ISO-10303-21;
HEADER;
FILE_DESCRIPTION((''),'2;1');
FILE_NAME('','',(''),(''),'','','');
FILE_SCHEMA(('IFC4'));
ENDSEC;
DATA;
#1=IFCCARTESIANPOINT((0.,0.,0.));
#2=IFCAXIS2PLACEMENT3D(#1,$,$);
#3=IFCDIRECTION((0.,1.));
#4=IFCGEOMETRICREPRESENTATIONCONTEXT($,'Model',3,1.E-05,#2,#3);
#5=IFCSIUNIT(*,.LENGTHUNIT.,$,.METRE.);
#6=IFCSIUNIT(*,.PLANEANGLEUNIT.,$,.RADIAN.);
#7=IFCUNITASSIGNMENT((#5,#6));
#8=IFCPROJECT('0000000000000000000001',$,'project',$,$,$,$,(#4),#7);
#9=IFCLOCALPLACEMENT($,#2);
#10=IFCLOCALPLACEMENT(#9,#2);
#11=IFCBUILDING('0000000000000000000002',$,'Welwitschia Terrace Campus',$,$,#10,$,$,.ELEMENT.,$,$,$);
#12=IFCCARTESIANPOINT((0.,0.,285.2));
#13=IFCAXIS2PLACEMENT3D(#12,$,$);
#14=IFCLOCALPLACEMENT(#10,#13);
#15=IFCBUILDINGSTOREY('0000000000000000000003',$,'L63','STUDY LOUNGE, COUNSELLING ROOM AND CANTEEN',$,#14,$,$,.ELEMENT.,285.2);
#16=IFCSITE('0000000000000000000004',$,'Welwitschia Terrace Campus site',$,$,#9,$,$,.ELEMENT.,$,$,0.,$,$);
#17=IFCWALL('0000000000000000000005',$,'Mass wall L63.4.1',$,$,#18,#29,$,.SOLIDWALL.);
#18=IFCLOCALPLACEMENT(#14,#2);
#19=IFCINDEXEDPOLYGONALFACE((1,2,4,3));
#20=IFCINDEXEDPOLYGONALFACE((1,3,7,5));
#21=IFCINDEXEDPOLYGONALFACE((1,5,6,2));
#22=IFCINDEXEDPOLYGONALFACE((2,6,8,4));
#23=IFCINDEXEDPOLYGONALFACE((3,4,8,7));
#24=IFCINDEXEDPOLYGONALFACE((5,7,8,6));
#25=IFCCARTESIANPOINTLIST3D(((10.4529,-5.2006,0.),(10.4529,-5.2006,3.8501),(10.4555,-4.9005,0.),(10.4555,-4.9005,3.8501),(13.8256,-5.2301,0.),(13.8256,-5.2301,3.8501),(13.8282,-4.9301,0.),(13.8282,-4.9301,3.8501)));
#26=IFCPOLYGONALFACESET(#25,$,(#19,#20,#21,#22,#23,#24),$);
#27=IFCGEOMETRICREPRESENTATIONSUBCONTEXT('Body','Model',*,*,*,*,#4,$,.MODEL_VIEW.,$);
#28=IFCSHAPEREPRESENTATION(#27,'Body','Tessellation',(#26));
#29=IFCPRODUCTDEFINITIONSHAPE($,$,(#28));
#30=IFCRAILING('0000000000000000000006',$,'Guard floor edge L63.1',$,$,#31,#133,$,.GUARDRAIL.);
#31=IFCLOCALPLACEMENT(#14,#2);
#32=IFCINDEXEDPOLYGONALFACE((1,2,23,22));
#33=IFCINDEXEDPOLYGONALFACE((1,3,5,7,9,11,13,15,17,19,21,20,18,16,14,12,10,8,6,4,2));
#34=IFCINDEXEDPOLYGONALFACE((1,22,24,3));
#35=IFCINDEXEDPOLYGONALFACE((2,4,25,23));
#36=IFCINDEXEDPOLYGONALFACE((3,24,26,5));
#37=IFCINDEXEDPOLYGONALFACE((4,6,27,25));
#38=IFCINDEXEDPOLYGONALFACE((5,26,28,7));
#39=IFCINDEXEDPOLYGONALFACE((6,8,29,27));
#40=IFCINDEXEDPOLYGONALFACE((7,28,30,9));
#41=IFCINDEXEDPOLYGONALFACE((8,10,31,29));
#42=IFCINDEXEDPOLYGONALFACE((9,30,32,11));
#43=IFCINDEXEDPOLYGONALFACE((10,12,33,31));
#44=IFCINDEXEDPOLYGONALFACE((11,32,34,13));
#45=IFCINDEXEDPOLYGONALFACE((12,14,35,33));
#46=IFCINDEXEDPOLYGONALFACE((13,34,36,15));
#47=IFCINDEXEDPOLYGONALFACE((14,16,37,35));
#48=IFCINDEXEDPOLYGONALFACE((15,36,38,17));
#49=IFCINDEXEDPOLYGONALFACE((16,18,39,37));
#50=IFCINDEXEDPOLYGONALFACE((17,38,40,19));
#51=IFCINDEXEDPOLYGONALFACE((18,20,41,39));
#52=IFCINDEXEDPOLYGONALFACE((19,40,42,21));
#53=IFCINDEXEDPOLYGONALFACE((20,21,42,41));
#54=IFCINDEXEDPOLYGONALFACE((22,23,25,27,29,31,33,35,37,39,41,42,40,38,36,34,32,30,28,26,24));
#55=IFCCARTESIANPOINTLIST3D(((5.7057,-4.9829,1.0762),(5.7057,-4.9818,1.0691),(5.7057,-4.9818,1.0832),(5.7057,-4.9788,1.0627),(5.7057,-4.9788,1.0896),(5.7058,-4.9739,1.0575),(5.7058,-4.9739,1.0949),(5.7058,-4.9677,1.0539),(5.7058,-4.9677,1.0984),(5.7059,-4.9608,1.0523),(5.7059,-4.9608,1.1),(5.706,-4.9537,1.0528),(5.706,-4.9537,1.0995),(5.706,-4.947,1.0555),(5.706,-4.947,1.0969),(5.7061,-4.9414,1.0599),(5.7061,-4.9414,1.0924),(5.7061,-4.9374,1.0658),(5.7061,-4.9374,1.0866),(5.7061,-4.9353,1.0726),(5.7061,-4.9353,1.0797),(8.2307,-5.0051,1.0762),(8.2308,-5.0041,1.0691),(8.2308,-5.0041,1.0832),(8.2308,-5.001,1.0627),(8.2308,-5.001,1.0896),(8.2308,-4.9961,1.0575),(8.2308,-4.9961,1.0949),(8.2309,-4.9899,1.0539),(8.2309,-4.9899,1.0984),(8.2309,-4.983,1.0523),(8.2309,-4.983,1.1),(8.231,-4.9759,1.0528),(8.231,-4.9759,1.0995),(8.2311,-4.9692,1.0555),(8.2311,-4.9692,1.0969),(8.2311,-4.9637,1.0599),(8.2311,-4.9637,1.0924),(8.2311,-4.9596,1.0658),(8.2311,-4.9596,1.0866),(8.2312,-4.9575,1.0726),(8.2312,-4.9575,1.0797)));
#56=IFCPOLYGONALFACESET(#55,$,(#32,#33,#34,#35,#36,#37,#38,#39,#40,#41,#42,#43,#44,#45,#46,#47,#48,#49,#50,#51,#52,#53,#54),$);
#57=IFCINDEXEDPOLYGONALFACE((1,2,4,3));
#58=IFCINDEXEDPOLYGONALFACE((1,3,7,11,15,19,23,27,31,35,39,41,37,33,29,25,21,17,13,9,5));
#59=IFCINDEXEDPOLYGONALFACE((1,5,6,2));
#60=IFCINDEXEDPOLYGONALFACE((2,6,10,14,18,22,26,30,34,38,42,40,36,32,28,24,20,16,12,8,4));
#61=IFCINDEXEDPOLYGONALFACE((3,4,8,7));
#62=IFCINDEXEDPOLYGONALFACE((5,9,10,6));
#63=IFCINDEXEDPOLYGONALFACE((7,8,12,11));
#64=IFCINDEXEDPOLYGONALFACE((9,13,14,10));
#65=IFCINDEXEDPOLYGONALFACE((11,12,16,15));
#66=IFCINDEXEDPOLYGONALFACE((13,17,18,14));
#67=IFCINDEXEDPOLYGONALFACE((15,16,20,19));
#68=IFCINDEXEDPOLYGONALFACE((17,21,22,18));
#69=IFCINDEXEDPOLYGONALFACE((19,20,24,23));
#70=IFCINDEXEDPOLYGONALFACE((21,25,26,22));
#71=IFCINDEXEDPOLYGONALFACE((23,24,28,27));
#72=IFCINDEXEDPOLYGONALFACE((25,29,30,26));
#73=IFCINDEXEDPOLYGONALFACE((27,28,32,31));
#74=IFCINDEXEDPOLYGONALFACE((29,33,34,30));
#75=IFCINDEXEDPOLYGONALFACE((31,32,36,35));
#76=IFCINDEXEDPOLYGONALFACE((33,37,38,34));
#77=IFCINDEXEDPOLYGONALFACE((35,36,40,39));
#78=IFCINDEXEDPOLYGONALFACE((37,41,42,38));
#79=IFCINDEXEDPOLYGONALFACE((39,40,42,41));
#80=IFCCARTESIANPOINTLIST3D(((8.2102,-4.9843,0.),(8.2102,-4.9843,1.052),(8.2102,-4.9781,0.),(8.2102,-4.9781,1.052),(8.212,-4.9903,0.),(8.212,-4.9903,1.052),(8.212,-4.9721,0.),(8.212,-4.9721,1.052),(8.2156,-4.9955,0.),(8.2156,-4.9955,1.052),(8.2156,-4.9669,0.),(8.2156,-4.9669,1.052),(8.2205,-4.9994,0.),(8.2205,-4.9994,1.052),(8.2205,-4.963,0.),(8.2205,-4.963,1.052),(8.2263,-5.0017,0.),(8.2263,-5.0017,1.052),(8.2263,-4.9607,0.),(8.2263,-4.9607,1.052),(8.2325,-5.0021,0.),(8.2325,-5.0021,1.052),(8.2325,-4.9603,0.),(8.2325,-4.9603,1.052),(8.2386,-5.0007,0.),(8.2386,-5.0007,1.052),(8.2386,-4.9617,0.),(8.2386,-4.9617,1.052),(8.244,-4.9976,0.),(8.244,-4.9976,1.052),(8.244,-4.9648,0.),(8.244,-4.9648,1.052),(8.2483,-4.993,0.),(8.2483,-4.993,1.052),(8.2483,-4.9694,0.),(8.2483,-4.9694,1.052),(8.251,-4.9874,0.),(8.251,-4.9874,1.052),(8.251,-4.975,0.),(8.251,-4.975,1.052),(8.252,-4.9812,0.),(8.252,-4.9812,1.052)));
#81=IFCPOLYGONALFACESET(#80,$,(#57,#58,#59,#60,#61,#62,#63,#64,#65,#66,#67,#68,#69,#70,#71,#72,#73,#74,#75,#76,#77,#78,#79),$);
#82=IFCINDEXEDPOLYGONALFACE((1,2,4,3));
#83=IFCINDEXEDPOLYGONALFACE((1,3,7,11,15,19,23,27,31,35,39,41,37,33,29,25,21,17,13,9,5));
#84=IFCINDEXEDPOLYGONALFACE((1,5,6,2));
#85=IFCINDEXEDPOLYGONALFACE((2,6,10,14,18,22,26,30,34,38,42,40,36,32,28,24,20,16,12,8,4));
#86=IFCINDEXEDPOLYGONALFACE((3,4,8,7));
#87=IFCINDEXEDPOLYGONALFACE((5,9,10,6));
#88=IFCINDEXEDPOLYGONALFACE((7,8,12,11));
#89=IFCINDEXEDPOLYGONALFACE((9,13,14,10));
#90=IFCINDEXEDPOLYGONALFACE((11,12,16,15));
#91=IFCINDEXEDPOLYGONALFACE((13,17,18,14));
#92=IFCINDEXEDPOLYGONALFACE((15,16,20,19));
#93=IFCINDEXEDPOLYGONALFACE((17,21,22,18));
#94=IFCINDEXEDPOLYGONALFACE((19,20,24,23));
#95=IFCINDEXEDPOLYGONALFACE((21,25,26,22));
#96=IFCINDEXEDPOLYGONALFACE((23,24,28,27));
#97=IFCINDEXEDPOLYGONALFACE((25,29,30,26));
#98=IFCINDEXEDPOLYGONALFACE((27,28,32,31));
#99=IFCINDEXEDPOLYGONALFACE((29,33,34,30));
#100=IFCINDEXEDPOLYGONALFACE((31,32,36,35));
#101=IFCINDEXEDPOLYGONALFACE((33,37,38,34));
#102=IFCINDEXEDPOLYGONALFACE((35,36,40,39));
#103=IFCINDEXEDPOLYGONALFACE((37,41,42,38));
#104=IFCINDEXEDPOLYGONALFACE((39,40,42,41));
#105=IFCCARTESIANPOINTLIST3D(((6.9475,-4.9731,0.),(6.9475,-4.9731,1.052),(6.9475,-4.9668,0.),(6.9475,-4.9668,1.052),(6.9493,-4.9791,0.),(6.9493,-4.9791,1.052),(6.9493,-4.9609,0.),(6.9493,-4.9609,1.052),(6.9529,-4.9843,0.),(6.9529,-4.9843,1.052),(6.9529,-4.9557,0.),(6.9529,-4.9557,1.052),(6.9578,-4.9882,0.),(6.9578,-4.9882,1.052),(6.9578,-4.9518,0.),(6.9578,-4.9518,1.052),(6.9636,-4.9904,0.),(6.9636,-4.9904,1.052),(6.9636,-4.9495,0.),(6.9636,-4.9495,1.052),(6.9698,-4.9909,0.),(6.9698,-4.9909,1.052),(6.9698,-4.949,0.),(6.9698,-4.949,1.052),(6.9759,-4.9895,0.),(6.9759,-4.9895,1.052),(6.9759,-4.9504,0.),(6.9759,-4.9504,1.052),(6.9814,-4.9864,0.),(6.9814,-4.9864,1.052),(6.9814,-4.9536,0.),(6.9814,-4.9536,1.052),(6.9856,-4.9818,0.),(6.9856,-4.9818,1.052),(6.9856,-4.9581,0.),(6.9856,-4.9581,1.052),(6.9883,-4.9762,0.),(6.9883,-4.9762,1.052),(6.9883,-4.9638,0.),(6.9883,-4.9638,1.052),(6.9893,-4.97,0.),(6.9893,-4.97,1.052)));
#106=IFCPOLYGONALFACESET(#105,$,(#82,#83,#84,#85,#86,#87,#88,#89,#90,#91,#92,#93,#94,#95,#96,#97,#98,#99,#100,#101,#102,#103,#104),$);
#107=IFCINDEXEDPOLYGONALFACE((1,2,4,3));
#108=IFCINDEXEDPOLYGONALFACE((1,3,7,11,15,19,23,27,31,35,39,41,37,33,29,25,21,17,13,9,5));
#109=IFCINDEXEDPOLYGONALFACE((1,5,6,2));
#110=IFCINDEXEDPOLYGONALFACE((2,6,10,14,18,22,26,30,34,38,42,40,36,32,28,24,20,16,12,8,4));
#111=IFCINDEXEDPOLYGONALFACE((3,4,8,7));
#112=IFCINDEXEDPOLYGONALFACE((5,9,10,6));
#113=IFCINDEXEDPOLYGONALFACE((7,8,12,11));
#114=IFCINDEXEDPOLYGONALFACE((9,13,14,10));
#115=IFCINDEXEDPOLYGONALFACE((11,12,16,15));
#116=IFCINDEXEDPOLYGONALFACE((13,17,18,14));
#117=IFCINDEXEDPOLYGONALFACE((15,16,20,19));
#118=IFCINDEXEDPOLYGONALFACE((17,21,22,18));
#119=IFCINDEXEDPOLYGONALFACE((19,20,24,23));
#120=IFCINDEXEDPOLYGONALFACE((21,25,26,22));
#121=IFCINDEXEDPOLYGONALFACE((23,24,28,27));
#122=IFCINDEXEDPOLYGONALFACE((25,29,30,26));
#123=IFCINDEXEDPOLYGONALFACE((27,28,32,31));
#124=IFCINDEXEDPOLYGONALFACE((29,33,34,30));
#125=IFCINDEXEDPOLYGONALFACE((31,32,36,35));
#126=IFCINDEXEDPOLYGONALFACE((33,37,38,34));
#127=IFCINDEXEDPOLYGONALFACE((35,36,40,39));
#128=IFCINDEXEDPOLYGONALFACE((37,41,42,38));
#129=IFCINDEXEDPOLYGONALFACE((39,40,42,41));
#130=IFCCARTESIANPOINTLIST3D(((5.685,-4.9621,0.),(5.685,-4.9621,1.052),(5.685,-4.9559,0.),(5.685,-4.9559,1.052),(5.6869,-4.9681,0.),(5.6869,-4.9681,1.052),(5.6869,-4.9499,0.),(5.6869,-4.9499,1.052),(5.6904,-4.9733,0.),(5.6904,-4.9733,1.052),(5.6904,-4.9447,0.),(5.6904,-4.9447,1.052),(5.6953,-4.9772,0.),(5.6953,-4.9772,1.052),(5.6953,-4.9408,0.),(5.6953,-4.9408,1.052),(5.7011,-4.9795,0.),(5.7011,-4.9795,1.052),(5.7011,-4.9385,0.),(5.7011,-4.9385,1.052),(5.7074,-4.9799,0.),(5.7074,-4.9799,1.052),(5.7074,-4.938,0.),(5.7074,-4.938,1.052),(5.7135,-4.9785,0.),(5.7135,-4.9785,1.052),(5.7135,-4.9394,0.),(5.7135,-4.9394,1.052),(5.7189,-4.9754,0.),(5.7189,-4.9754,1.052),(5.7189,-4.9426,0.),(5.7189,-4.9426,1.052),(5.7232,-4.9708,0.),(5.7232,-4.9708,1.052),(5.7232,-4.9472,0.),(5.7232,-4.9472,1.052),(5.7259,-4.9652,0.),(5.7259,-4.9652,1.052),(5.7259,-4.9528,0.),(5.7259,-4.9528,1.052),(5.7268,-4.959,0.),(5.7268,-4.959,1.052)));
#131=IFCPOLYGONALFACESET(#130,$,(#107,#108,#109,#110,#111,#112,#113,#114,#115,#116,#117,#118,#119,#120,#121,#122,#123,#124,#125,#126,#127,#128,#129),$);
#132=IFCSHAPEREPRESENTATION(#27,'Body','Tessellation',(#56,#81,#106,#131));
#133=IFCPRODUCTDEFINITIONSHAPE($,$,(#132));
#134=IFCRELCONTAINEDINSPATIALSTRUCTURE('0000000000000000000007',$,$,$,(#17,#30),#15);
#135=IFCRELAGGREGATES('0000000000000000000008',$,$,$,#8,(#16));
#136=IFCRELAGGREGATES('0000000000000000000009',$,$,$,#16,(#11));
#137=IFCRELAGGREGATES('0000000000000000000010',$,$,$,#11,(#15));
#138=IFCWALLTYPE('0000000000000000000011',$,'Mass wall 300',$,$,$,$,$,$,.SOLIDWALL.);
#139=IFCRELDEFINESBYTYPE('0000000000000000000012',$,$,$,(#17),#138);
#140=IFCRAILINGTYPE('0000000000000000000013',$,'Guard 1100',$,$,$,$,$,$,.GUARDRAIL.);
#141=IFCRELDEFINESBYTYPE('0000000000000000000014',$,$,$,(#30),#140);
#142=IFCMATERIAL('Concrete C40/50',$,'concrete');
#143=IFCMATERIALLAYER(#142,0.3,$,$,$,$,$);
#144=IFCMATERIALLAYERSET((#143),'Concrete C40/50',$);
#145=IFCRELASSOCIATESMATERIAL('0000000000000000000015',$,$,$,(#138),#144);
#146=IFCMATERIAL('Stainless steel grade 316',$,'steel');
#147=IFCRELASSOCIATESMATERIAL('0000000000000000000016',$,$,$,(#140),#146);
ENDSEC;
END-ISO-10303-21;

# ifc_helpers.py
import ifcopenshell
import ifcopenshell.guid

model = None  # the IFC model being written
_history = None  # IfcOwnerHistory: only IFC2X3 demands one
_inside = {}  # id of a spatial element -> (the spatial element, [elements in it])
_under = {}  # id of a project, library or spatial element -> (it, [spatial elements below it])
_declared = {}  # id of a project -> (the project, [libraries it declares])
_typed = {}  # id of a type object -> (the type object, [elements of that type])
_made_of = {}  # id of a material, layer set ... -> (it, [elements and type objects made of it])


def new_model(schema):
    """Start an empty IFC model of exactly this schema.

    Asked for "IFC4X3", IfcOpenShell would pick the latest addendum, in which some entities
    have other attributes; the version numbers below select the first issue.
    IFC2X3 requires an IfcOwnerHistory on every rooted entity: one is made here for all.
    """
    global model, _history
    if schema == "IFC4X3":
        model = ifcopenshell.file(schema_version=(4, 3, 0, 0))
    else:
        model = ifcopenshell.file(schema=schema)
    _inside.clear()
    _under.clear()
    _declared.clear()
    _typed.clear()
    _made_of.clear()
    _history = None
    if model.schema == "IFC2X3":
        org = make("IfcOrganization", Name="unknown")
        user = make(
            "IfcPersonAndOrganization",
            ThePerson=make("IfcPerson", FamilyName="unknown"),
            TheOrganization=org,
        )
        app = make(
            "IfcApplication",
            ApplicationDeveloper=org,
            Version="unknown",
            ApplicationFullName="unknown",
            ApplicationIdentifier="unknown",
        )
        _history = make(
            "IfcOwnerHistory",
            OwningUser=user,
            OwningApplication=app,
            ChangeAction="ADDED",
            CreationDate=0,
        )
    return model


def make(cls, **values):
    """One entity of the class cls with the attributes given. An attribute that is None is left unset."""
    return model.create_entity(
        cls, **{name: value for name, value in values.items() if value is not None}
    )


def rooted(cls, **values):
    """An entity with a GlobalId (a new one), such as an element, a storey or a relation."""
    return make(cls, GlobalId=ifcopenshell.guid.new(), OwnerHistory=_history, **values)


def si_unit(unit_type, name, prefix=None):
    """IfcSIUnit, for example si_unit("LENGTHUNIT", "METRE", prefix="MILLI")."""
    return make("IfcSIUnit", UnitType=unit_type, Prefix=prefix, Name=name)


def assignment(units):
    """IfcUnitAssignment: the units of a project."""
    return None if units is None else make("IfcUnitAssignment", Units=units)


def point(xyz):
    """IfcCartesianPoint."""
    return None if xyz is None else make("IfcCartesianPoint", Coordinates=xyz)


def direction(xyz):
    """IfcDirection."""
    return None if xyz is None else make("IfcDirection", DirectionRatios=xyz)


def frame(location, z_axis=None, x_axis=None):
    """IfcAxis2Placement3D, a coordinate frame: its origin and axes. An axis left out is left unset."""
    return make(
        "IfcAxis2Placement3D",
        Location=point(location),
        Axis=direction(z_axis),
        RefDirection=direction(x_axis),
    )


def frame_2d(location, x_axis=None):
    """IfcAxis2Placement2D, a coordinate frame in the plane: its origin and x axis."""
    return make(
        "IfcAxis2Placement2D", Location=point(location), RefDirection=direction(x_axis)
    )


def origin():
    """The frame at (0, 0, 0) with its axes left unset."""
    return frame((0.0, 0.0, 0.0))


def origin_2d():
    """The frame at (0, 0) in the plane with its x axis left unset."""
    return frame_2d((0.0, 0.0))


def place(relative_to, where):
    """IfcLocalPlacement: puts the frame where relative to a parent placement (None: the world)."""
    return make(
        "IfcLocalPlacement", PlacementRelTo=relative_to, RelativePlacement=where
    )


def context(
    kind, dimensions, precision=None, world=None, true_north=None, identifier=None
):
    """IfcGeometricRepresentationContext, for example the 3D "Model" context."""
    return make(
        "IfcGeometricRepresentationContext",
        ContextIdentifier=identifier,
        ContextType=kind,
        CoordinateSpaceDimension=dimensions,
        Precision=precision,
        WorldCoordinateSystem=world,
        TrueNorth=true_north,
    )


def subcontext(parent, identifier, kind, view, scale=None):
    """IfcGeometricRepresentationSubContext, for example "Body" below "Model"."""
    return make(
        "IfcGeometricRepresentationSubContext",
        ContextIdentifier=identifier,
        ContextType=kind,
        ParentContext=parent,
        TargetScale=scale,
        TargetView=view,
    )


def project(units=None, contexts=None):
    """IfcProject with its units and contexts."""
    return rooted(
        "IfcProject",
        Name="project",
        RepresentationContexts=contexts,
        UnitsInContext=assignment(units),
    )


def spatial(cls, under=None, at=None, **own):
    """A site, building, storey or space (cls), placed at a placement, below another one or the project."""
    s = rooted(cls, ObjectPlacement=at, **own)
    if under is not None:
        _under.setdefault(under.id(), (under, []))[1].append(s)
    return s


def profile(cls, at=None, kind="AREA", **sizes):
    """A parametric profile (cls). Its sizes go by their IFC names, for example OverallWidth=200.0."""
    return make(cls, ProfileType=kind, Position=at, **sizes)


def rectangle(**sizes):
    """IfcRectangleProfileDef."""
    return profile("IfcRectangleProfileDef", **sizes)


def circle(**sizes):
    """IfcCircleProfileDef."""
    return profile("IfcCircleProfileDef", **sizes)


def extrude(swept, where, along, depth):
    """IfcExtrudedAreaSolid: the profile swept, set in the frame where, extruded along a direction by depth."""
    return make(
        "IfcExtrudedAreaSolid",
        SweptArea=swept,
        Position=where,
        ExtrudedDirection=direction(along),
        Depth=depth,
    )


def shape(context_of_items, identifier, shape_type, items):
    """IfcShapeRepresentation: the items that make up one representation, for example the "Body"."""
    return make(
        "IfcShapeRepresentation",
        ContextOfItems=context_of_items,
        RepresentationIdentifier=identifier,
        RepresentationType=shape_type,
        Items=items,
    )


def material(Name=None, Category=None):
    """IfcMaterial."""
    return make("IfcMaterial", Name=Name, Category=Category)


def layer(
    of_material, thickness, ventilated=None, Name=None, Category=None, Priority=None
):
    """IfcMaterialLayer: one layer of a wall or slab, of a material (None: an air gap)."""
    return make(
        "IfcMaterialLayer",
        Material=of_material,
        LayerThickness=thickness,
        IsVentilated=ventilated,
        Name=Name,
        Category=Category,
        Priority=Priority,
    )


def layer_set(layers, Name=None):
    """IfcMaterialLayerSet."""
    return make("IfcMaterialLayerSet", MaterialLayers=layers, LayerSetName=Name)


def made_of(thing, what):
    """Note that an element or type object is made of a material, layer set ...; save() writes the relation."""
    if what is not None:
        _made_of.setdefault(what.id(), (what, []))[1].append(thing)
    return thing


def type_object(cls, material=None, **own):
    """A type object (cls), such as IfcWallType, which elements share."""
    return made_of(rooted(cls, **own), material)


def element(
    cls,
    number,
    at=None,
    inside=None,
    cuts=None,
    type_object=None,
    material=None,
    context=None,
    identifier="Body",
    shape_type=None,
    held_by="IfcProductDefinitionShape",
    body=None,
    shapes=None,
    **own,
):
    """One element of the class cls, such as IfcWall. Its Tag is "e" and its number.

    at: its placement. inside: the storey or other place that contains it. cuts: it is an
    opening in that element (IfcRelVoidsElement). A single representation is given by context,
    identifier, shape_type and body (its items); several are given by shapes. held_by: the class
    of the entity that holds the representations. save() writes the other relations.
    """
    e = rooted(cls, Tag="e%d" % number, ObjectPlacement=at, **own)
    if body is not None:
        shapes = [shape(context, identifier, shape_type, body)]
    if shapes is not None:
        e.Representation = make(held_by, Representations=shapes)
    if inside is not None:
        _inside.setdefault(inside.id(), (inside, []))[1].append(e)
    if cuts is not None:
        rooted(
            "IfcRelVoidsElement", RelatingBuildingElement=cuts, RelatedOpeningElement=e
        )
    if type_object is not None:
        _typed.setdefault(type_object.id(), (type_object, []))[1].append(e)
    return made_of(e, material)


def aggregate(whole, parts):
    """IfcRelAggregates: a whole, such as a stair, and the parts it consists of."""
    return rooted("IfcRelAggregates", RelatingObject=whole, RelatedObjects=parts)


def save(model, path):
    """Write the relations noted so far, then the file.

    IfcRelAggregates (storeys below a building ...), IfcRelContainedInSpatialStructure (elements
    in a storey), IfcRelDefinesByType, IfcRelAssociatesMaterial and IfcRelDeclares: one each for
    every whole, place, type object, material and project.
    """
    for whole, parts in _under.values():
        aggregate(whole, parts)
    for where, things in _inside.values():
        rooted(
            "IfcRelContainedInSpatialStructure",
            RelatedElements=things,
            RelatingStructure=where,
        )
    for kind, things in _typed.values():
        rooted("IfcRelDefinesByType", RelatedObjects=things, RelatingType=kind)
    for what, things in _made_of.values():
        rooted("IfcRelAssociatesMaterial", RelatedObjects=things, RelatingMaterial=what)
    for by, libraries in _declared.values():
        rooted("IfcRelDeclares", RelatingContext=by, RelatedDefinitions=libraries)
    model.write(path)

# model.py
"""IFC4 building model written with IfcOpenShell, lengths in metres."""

from ifc_helpers import new_model, si_unit, direction, frame, frame_2d, origin, origin_2d, place, context, subcontext, project, spatial, rectangle, circle, extrude, material, layer, layer_set, type_object, element, save


model = new_model("IFC4")

# Units and contexts
model_context = context("Model", 3, precision=1e-05, world=origin(), true_north=direction((0.0, 1.0)))
body_context = subcontext(model_context, "Body", "Model", "MODEL_VIEW")
ifc_project = project(units=[si_unit("LENGTHUNIT", "METRE"), si_unit("PLANEANGLEUNIT", "RADIAN")], contexts=[model_context])

# Site, building, storey
site_placement = place(None, origin())
site = spatial("IfcSite", under=ifc_project, at=site_placement, Name="Welwitschia Terrace Campus site", CompositionType="ELEMENT", RefElevation=0.0)
building_placement = place(site_placement, origin())
building = spatial("IfcBuilding", under=site, at=building_placement, Name="Welwitschia Terrace Campus", CompositionType="ELEMENT")
storey_placement = place(building_placement, frame((0.0, 0.0, 285.2)))
storey = spatial("IfcBuildingStorey", under=building, at=storey_placement, Name="L63", Description="STUDY LOUNGE, COUNSELLING ROOM AND CANTEEN", CompositionType="ELEMENT", Elevation=285.2)

# Wall
ifc_material_1 = material(Name="Concrete C40/50", Category="concrete")
ifc_layer_1 = layer(ifc_material_1, 0.3)
ifc_layer_set_1 = layer_set([ifc_layer_1], Name="Concrete C40/50")
wall_type_1 = type_object("IfcWallType", Name="Mass wall 300", PredefinedType="SOLIDWALL", material=ifc_layer_set_1)
wall_1_placement = place(storey_placement, frame((10.4541, -5.0505, 0.0), z_axis=(0.0, 0.0, 1.0), x_axis=(0.999962, -0.008759, 0.0)))
element("IfcWall", 1, at=wall_1_placement, inside=storey, type_object=wall_type_1, Name="Mass wall L63.4.1", PredefinedType="SOLIDWALL", context=body_context, shape_type="SweptSolid", body=[
    extrude(rectangle(XDim=3.3728, YDim=0.3, at=frame_2d((1.6865, 0.0))), origin(), (0.0, 0.0, 1.0), 3.8501),
])

# Railing
ifc_material_2 = material(Name="Stainless steel grade 316", Category="steel")
railing_type = type_object("IfcRailingType", Name="Guard 1100", PredefinedType="GUARDRAIL", material=ifc_material_2)
railing_placement = place(storey_placement, frame((8.231, -4.9812, 0.0)))
element("IfcRailing", 2, at=railing_placement, inside=storey, type_object=railing_type, Name="Guard floor edge L63.1", PredefinedType="GUARDRAIL", context=body_context, shape_type="SweptSolid", body=[
    extrude(circle(Radius=0.0239, at=origin_2d()), frame((0.0, 0.0, 1.0762), z_axis=(-0.999961, 0.008798, 0.0), x_axis=(-0.008798, -0.999961, 0.0)), (0.0, 0.0, 1.0), 2.5251),
    extrude(circle(Radius=0.021, at=origin_2d()), origin(), (0.0, 0.0, 1.0), 1.052),
    extrude(circle(Radius=0.021, at=origin_2d()), frame((-1.2627, 0.0112, 0.0)), (0.0, 0.0, 1.0), 1.052),
    extrude(circle(Radius=0.021, at=origin_2d()), frame((-2.5251, 0.0222, 0.0)), (0.0, 0.0, 1.0), 1.052),
])

save(model, "model.ifc")
